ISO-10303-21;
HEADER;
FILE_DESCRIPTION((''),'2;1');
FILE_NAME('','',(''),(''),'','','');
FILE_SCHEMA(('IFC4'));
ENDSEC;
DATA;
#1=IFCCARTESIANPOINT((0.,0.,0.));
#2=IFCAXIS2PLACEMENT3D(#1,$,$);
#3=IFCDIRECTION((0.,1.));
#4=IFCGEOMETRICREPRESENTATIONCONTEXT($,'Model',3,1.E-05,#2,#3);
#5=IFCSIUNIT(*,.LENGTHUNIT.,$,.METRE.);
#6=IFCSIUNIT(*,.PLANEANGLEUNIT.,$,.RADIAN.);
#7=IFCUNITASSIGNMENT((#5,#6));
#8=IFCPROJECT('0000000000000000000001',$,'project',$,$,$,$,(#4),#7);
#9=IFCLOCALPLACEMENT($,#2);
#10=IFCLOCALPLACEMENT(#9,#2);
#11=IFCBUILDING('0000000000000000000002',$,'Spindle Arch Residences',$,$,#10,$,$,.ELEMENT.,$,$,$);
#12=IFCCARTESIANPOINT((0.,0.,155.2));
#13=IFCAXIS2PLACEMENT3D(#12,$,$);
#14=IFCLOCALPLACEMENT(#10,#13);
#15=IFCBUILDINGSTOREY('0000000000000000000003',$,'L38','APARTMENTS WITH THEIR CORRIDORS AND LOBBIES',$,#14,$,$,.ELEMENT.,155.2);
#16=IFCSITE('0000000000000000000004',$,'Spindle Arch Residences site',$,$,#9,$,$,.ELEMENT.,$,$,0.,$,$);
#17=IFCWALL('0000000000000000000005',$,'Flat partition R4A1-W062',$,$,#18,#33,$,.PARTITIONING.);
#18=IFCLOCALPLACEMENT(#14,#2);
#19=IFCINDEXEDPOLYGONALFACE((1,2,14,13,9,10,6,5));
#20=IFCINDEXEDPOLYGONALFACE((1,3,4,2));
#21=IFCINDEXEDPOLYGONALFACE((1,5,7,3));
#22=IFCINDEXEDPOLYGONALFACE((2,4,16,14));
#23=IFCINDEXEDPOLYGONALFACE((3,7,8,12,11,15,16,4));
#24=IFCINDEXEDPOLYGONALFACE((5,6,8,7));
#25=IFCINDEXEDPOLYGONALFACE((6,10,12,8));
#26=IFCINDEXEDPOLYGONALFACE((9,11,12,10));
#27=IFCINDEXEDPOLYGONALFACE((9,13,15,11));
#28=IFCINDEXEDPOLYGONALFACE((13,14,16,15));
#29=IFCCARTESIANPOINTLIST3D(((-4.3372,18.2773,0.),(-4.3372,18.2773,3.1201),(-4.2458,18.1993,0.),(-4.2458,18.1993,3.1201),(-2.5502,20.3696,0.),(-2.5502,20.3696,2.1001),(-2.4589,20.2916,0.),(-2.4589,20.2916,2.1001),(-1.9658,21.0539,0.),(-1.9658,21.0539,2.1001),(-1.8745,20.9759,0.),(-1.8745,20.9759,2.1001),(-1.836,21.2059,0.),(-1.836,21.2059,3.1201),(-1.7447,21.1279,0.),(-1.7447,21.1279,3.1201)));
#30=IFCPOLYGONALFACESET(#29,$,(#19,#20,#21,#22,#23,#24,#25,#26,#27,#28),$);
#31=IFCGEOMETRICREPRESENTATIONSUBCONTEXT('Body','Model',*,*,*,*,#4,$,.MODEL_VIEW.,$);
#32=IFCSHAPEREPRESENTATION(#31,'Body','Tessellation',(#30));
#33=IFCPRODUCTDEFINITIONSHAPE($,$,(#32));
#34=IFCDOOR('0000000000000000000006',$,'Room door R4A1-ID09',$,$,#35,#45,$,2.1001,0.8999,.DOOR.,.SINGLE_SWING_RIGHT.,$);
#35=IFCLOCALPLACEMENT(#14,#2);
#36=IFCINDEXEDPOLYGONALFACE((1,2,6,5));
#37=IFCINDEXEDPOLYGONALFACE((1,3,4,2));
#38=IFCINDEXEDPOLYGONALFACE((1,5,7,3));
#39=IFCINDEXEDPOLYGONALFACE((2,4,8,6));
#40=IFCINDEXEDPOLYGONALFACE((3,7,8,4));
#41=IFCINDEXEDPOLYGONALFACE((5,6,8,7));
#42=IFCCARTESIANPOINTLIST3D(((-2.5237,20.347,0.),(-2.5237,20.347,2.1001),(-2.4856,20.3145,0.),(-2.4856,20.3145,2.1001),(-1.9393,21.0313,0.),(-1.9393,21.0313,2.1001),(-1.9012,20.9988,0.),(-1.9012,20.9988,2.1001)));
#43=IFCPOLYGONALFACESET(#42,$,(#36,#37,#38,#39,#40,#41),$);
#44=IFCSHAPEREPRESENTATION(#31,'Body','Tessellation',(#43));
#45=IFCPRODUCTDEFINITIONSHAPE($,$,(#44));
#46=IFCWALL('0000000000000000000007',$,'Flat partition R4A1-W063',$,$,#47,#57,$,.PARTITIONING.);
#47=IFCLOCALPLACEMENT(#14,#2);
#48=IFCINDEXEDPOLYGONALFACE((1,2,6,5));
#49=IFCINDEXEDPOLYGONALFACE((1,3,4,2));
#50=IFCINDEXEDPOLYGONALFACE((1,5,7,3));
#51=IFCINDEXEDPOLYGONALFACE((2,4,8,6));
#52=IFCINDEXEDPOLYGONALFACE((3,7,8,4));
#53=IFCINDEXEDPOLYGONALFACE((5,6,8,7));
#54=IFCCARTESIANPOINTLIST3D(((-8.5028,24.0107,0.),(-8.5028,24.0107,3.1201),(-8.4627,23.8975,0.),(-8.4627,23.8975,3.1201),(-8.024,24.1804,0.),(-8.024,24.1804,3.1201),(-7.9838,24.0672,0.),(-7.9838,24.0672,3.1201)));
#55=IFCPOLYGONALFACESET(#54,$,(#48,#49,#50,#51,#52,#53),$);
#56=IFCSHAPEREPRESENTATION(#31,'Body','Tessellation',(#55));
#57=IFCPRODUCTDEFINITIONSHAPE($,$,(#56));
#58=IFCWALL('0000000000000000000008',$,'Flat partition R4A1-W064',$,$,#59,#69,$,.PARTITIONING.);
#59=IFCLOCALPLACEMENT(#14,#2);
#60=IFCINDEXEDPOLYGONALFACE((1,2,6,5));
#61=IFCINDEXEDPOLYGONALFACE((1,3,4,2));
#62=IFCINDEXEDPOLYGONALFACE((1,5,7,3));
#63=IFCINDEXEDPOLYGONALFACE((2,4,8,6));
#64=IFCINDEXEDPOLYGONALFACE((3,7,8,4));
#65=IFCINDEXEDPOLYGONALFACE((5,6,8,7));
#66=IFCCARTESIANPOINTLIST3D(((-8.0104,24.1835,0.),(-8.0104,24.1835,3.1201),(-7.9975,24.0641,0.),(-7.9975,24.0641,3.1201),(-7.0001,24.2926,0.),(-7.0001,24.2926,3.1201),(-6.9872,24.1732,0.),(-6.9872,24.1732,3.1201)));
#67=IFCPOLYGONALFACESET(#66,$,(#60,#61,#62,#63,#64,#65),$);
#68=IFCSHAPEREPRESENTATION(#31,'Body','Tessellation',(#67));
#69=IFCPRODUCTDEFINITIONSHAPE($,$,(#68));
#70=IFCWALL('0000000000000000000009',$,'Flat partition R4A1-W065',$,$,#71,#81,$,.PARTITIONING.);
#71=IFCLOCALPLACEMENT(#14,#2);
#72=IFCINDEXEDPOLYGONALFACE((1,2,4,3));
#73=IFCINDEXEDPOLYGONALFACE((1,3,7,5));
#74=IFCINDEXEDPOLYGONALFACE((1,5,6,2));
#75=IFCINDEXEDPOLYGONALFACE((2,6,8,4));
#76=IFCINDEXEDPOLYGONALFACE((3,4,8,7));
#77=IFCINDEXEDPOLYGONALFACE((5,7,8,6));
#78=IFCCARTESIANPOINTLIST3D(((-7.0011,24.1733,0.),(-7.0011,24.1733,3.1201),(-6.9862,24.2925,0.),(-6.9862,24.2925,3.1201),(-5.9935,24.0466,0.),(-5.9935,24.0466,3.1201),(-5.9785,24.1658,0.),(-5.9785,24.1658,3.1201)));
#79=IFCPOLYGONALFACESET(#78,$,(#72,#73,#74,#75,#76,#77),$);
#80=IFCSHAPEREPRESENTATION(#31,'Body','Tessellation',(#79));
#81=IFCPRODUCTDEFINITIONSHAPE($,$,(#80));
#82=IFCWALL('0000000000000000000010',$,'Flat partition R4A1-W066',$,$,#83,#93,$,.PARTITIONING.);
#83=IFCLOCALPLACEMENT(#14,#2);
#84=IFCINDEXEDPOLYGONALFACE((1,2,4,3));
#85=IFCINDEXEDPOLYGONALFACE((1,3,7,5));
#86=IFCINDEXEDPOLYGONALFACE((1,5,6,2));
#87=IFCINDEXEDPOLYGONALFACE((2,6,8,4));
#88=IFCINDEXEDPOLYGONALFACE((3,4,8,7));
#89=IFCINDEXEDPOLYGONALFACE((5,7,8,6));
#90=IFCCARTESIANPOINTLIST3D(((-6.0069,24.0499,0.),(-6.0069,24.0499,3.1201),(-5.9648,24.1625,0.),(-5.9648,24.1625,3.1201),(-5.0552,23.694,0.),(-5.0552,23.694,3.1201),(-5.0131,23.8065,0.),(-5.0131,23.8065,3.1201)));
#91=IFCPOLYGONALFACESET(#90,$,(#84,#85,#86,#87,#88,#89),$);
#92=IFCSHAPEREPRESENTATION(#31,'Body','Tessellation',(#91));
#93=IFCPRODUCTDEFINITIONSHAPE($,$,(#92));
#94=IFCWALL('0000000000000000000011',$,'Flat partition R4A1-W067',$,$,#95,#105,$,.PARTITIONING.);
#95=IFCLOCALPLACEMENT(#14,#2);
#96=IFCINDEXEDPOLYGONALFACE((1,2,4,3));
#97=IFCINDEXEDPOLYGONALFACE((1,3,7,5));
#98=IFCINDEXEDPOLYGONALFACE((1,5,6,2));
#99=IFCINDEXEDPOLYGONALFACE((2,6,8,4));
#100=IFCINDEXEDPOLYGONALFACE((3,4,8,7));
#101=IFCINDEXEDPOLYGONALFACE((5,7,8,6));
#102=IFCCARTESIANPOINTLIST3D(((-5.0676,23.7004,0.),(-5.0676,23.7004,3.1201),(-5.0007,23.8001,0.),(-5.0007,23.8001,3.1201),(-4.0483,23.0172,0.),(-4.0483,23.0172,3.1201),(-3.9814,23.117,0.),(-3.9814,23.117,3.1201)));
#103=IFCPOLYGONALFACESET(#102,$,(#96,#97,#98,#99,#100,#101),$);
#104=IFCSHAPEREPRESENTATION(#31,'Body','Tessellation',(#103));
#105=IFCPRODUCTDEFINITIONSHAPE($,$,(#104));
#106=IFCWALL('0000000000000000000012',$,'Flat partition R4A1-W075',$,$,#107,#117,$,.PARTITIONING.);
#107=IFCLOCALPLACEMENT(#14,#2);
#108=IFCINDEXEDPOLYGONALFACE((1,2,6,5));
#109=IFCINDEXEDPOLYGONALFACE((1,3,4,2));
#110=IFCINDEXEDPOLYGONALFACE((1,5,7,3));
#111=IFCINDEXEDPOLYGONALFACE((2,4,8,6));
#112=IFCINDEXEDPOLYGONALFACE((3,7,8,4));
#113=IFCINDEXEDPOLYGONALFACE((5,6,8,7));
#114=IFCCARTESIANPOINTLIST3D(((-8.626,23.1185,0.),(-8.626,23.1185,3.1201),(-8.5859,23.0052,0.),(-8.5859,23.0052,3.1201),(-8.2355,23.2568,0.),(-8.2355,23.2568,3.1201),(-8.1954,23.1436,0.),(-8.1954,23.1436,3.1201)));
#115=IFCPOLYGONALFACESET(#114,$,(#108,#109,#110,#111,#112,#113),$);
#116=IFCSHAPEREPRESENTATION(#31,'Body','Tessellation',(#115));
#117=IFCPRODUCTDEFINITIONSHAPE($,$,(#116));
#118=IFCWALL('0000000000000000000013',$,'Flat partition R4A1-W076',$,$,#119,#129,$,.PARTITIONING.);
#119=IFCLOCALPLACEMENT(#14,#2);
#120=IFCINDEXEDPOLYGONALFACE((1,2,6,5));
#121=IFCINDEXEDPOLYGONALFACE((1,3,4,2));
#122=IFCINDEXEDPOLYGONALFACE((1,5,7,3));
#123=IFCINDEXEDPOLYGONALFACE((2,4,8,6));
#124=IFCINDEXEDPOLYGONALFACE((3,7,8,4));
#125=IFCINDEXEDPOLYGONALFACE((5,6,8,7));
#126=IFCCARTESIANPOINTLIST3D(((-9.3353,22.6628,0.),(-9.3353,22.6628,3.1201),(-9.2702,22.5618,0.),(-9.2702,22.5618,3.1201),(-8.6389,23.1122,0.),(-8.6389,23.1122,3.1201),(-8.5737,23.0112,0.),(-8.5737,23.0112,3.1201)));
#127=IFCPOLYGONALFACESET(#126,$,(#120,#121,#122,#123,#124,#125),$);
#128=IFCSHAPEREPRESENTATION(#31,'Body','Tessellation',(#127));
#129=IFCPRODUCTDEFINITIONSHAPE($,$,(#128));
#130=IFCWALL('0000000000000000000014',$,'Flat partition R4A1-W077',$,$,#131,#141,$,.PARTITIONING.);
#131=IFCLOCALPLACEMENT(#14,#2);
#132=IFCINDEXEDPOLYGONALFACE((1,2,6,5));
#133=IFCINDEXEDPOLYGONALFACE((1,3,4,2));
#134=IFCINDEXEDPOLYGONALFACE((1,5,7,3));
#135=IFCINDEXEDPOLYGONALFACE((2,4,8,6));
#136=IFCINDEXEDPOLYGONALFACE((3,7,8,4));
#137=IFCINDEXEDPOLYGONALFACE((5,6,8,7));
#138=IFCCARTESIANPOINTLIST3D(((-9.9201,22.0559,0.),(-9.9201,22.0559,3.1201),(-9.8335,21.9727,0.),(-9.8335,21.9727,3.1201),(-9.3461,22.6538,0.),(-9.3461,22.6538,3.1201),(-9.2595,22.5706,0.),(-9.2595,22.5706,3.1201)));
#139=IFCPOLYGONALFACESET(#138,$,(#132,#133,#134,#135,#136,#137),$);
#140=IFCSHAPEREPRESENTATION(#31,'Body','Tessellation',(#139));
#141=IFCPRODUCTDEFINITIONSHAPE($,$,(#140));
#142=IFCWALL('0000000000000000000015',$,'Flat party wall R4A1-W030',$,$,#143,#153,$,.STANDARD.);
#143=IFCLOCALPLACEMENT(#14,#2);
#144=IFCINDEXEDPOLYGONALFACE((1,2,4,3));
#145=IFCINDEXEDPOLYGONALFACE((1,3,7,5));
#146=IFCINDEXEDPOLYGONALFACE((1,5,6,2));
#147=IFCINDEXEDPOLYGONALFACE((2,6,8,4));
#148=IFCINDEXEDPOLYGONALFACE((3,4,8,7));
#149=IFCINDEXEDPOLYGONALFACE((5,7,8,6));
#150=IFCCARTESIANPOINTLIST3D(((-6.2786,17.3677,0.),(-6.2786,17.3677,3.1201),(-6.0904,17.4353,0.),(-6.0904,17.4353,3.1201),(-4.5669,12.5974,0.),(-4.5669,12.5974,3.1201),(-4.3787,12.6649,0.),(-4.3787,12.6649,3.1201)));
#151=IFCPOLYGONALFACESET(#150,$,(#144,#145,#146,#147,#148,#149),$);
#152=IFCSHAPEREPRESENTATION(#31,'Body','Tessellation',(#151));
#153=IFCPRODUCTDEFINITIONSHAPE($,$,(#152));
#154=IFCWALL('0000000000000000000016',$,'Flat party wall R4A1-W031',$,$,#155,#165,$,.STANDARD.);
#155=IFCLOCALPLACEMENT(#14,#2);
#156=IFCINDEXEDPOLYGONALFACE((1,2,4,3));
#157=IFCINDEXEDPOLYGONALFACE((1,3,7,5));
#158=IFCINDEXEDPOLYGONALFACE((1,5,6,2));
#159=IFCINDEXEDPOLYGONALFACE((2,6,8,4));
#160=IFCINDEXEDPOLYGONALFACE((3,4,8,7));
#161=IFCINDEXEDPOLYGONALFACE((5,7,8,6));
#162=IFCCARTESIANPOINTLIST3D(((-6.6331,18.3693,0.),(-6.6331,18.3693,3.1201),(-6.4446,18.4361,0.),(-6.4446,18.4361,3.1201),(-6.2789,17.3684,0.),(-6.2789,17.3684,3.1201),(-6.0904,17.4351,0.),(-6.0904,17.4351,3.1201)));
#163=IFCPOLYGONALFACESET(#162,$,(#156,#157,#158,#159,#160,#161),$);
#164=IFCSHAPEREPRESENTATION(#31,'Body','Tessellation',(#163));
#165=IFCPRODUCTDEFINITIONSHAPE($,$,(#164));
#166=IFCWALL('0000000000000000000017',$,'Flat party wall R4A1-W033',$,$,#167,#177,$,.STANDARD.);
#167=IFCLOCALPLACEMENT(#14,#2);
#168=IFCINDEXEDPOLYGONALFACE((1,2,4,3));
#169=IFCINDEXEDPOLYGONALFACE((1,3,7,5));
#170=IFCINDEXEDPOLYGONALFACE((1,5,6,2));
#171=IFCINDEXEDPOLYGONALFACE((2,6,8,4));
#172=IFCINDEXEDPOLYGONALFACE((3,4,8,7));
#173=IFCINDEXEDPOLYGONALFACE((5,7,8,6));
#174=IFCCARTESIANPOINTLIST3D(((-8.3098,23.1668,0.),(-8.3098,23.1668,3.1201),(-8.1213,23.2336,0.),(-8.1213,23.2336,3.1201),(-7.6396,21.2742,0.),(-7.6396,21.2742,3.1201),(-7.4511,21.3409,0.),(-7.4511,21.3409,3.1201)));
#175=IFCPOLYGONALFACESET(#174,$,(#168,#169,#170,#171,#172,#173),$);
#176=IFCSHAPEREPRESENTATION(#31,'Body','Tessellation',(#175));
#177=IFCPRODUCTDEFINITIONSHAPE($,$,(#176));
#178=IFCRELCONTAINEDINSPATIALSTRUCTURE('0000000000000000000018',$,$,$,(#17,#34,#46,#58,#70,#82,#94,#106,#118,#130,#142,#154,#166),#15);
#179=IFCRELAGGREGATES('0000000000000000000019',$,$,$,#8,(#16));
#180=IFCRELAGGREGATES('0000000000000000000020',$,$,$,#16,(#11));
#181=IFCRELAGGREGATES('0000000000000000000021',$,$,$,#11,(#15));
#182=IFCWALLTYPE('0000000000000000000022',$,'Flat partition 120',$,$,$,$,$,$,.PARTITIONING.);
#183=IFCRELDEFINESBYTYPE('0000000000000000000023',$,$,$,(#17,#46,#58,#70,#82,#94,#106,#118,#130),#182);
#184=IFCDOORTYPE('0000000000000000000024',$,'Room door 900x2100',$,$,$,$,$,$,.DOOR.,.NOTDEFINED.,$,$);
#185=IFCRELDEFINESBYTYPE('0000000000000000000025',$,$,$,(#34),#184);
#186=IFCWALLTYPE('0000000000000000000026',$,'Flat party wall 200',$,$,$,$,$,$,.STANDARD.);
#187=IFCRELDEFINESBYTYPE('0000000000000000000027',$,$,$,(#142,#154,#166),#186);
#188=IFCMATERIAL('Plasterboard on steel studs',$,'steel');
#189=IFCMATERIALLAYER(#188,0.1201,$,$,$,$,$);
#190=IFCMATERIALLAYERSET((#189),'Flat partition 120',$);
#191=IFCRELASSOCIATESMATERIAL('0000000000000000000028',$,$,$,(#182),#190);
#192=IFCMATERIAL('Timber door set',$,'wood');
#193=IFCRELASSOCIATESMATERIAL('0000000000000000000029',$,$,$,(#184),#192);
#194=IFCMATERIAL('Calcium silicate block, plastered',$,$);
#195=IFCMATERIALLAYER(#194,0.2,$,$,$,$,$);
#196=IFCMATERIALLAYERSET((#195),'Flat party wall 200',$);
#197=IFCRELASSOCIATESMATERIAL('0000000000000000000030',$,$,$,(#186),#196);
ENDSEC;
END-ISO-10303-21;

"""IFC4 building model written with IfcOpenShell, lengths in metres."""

from ifc_helpers import new_model, si_unit, direction, frame, frame_2d, origin, place, context, subcontext, project, spatial, rectangle, extrude, material, layer, layer_set, type_object, element, fill, save


model = new_model("IFC4")

# Units and contexts
model_context = context("Model", 3, precision=1e-05, world=origin(), true_north=direction((0.0, 1.0)))
body_context = subcontext(model_context, "Body", "Model", "MODEL_VIEW")
ifc_project = project(units=[si_unit("LENGTHUNIT", "METRE"), si_unit("PLANEANGLEUNIT", "RADIAN")], contexts=[model_context])

# Site, building, storey
site_placement = place(None, origin())
site = spatial("IfcSite", under=ifc_project, at=site_placement, Name="Spindle Arch Residences site", CompositionType="ELEMENT", RefElevation=0.0)
building_placement = place(site_placement, origin())
building = spatial("IfcBuilding", under=site, at=building_placement, Name="Spindle Arch Residences", CompositionType="ELEMENT")
storey_placement = place(building_placement, frame((0.0, 0.0, 155.2)))
storey = spatial("IfcBuildingStorey", under=building, at=storey_placement, Name="L38", Description="APARTMENTS WITH THEIR CORRIDORS AND LOBBIES", CompositionType="ELEMENT", Elevation=155.2)

# Shared definitions
ifc_material_1 = material(Name="Plasterboard on steel studs", Category="steel")
ifc_layer_1 = layer(ifc_material_1, 0.1201)
ifc_layer_set_1 = layer_set([ifc_layer_1], Name="Flat partition 120")
wall_type_1 = type_object("IfcWallType", Name="Flat partition 120", PredefinedType="PARTITIONING", material=ifc_layer_set_1)

# Wall, opening, door
wall_1_placement = place(storey_placement, frame((-1.7903, 21.167, 0.0), z_axis=(0.0, 0.0, 1.0), x_axis=(-0.649428, -0.760423, 0.0)))
wall_1 = element("IfcWall", 1, at=wall_1_placement, inside=storey, type_object=wall_type_1, Name="Flat partition R4A1-W062", PredefinedType="PARTITIONING", context=body_context, shape_type="SweptSolid", body=[
    extrude(rectangle(XDim=3.8513, YDim=0.1201, at=frame_2d((1.9258, 0.0))), origin(), (0.0, 0.0, 1.0), 3.1201),
])
opening_placement = place(wall_1_placement, frame((0.2, 0.0, 0.0)))
opening = element("IfcOpeningElement", 2, at=opening_placement, cuts=wall_1, PredefinedType="OPENING", context=body_context, shape_type="SweptSolid", body=[
    extrude(rectangle(XDim=0.8999, YDim=2.1001, at=frame_2d((0.45, 1.05))), frame((0.0, 0.0701, 0.0), z_axis=(0.0, -1.0, 0.0), x_axis=(1.0, 0.0, 0.0)), (0.0, 0.0, 1.0), 0.1401),
])
ifc_material_2 = material(Name="Timber door set", Category="wood")
door_type = type_object("IfcDoorType", Name="Room door 900x2100", OperationType="NOTDEFINED", PredefinedType="DOOR", material=ifc_material_2)
door_placement = place(opening_placement, origin())
door = element("IfcDoor", 3, at=door_placement, inside=storey, type_object=door_type, Name="Room door R4A1-ID09", OperationType="SINGLE_SWING_RIGHT", OverallHeight=2.1001, OverallWidth=0.8999, PredefinedType="DOOR", context=body_context, shape_type="SweptSolid", body=[
    extrude(rectangle(XDim=0.8999, YDim=2.1001, at=frame_2d((0.45, 1.05))), frame((0.0, 0.0249, 0.0), z_axis=(0.0, -1.0, 0.0), x_axis=(1.0, 0.0, 0.0)), (0.0, 0.0, 1.0), 0.05),
])
fill(opening, door)

# Walls
wall_2_placement = place(storey_placement, frame((-8.4827, 23.9541, 0.0), z_axis=(0.0, 0.0, 1.0), x_axis=(0.942555, 0.334052, 0.0)))
element("IfcWall", 4, at=wall_2_placement, inside=storey, type_object=wall_type_1, Name="Flat partition R4A1-W063", PredefinedType="PARTITIONING", context=body_context, shape_type="SweptSolid", body=[
    extrude(rectangle(XDim=0.5081, YDim=0.1201, at=frame_2d((0.2539, 0.0))), origin(), (0.0, 0.0, 1.0), 3.1201),
])
wall_3_placement = place(storey_placement, frame((-8.0039, 24.1238, 0.0), z_axis=(0.0, 0.0, 1.0), x_axis=(0.994216, 0.107398, 0.0)))
element("IfcWall", 5, at=wall_3_placement, inside=storey, type_object=wall_type_1, Name="Flat partition R4A1-W064", PredefinedType="PARTITIONING", context=body_context, shape_type="SweptSolid", body=[
    extrude(rectangle(XDim=1.0161, YDim=0.1201, at=frame_2d((0.5081, 0.0))), origin(), (0.0, 0.0, 1.0), 3.1201),
])
wall_4_placement = place(storey_placement, frame((-6.9937, 24.2329, 0.0), z_axis=(0.0, 0.0, 1.0), x_axis=(0.992189, -0.124745, 0.0)))
element("IfcWall", 6, at=wall_4_placement, inside=storey, type_object=wall_type_1, Name="Flat partition R4A1-W065", PredefinedType="PARTITIONING", context=body_context, shape_type="SweptSolid", body=[
    extrude(rectangle(XDim=1.0156, YDim=0.1201, at=frame_2d((0.5078, 0.0))), origin(), (0.0, 0.0, 1.0), 3.1201),
])
wall_5_placement = place(storey_placement, frame((-5.9858, 24.1062, 0.0), z_axis=(0.0, 0.0, 1.0), x_axis=(0.936625, -0.350333, 0.0)))
element("IfcWall", 7, at=wall_5_placement, inside=storey, type_object=wall_type_1, Name="Flat partition R4A1-W066", PredefinedType="PARTITIONING", context=body_context, shape_type="SweptSolid", body=[
    extrude(rectangle(XDim=1.0161, YDim=0.1201, at=frame_2d((0.5081, 0.0))), origin(), (0.0, 0.0, 1.0), 3.1201),
])
wall_6_placement = place(storey_placement, frame((-5.0342, 23.7502, 0.0), z_axis=(0.0, 0.0, 1.0), x_axis=(0.830701, -0.556719, 0.0)))
element("IfcWall", 8, at=wall_6_placement, inside=storey, type_object=wall_type_1, Name="Flat partition R4A1-W067", PredefinedType="PARTITIONING", context=body_context, shape_type="SweptSolid", body=[
    extrude(rectangle(XDim=1.2271, YDim=0.1201, at=frame_2d((0.6135, 0.0))), origin(), (0.0, 0.0, 1.0), 3.1201),
])
wall_7_placement = place(storey_placement, frame((-8.2156, 23.2002, 0.0), z_axis=(0.0, 0.0, 1.0), x_axis=(-0.942565, -0.334022, 0.0)))
element("IfcWall", 9, at=wall_7_placement, inside=storey, type_object=wall_type_1, Name="Flat partition R4A1-W075", PredefinedType="PARTITIONING", context=body_context, shape_type="SweptSolid", body=[
    extrude(rectangle(XDim=0.4143, YDim=0.1201, at=frame_2d((0.207, 0.0))), origin(), (0.0, 0.0, 1.0), 3.1201),
])
for number, where, z_axis, x_axis, name in (
    (10, (-8.6062, 23.0618, 0.0), (0.0, 0.0, 1.0), (-0.840249, -0.542201, 0.0), "Flat partition R4A1-W076"),
    (11, (-9.3027, 22.6123, 0.0), (0.0, 0.0, 1.0), (-0.692526, -0.721393, 0.0), "Flat partition R4A1-W077"),
):
    element("IfcWall", number, at=place(storey_placement, frame(where, z_axis=z_axis, x_axis=x_axis)), inside=storey, type_object=wall_type_1, Name=name, PredefinedType="PARTITIONING", context=body_context, shape_type="SweptSolid", body=[
        extrude(rectangle(XDim=0.8289, YDim=0.1201, at=frame_2d((0.4146, 0.0))), origin(), (0.0, 0.0, 1.0), 3.1201),
    ])
ifc_material_3 = material(Name="Calcium silicate block, plastered")
ifc_layer_2 = layer(ifc_material_3, 0.2)
ifc_layer_set_2 = layer_set([ifc_layer_2], Name="Flat party wall 200")
wall_type_2 = type_object("IfcWallType", Name="Flat party wall 200", PredefinedType="STANDARD", material=ifc_layer_set_2)
wall_8_placement = place(storey_placement, frame((-6.1846, 17.4016, 0.0), z_axis=(0.0, 0.0, 1.0), x_axis=(0.337737, -0.941241, 0.0)))
element("IfcWall", 12, at=wall_8_placement, inside=storey, type_object=wall_type_2, Name="Flat party wall R4A1-W030", PredefinedType="STANDARD", context=body_context, shape_type="SweptSolid", body=[
    extrude(rectangle(XDim=5.0681, YDim=0.2, at=frame_2d((2.5342, 0.0))), origin(), (0.0, 0.0, 1.0), 3.1201),
])
wall_9_placement = place(storey_placement, frame((-6.5388, 18.4026, 0.0), z_axis=(0.0, 0.0, 1.0), x_axis=(0.333626, -0.942706, 0.0)))
element("IfcWall", 13, at=wall_9_placement, inside=storey, type_object=wall_type_2, Name="Flat party wall R4A1-W031", PredefinedType="STANDARD", context=body_context, shape_type="SweptSolid", body=[
    extrude(rectangle(XDim=1.0618, YDim=0.2, at=frame_2d((0.5308, 0.0))), origin(), (0.0, 0.0, 1.0), 3.1201),
])
wall_10_placement = place(storey_placement, frame((-8.2156, 23.2002, 0.0), z_axis=(0.0, 0.0, 1.0), x_axis=(0.333793, -0.942646, 0.0)))
element("IfcWall", 14, at=wall_10_placement, inside=storey, type_object=wall_type_2, Name="Flat party wall R4A1-W033", PredefinedType="STANDARD", context=body_context, shape_type="SweptSolid", body=[
    extrude(rectangle(XDim=2.0078, YDim=0.2, at=frame_2d((1.0039, 0.0))), origin(), (0.0, 0.0, 1.0), 3.1201),
])

save(model, "model.ifc")
